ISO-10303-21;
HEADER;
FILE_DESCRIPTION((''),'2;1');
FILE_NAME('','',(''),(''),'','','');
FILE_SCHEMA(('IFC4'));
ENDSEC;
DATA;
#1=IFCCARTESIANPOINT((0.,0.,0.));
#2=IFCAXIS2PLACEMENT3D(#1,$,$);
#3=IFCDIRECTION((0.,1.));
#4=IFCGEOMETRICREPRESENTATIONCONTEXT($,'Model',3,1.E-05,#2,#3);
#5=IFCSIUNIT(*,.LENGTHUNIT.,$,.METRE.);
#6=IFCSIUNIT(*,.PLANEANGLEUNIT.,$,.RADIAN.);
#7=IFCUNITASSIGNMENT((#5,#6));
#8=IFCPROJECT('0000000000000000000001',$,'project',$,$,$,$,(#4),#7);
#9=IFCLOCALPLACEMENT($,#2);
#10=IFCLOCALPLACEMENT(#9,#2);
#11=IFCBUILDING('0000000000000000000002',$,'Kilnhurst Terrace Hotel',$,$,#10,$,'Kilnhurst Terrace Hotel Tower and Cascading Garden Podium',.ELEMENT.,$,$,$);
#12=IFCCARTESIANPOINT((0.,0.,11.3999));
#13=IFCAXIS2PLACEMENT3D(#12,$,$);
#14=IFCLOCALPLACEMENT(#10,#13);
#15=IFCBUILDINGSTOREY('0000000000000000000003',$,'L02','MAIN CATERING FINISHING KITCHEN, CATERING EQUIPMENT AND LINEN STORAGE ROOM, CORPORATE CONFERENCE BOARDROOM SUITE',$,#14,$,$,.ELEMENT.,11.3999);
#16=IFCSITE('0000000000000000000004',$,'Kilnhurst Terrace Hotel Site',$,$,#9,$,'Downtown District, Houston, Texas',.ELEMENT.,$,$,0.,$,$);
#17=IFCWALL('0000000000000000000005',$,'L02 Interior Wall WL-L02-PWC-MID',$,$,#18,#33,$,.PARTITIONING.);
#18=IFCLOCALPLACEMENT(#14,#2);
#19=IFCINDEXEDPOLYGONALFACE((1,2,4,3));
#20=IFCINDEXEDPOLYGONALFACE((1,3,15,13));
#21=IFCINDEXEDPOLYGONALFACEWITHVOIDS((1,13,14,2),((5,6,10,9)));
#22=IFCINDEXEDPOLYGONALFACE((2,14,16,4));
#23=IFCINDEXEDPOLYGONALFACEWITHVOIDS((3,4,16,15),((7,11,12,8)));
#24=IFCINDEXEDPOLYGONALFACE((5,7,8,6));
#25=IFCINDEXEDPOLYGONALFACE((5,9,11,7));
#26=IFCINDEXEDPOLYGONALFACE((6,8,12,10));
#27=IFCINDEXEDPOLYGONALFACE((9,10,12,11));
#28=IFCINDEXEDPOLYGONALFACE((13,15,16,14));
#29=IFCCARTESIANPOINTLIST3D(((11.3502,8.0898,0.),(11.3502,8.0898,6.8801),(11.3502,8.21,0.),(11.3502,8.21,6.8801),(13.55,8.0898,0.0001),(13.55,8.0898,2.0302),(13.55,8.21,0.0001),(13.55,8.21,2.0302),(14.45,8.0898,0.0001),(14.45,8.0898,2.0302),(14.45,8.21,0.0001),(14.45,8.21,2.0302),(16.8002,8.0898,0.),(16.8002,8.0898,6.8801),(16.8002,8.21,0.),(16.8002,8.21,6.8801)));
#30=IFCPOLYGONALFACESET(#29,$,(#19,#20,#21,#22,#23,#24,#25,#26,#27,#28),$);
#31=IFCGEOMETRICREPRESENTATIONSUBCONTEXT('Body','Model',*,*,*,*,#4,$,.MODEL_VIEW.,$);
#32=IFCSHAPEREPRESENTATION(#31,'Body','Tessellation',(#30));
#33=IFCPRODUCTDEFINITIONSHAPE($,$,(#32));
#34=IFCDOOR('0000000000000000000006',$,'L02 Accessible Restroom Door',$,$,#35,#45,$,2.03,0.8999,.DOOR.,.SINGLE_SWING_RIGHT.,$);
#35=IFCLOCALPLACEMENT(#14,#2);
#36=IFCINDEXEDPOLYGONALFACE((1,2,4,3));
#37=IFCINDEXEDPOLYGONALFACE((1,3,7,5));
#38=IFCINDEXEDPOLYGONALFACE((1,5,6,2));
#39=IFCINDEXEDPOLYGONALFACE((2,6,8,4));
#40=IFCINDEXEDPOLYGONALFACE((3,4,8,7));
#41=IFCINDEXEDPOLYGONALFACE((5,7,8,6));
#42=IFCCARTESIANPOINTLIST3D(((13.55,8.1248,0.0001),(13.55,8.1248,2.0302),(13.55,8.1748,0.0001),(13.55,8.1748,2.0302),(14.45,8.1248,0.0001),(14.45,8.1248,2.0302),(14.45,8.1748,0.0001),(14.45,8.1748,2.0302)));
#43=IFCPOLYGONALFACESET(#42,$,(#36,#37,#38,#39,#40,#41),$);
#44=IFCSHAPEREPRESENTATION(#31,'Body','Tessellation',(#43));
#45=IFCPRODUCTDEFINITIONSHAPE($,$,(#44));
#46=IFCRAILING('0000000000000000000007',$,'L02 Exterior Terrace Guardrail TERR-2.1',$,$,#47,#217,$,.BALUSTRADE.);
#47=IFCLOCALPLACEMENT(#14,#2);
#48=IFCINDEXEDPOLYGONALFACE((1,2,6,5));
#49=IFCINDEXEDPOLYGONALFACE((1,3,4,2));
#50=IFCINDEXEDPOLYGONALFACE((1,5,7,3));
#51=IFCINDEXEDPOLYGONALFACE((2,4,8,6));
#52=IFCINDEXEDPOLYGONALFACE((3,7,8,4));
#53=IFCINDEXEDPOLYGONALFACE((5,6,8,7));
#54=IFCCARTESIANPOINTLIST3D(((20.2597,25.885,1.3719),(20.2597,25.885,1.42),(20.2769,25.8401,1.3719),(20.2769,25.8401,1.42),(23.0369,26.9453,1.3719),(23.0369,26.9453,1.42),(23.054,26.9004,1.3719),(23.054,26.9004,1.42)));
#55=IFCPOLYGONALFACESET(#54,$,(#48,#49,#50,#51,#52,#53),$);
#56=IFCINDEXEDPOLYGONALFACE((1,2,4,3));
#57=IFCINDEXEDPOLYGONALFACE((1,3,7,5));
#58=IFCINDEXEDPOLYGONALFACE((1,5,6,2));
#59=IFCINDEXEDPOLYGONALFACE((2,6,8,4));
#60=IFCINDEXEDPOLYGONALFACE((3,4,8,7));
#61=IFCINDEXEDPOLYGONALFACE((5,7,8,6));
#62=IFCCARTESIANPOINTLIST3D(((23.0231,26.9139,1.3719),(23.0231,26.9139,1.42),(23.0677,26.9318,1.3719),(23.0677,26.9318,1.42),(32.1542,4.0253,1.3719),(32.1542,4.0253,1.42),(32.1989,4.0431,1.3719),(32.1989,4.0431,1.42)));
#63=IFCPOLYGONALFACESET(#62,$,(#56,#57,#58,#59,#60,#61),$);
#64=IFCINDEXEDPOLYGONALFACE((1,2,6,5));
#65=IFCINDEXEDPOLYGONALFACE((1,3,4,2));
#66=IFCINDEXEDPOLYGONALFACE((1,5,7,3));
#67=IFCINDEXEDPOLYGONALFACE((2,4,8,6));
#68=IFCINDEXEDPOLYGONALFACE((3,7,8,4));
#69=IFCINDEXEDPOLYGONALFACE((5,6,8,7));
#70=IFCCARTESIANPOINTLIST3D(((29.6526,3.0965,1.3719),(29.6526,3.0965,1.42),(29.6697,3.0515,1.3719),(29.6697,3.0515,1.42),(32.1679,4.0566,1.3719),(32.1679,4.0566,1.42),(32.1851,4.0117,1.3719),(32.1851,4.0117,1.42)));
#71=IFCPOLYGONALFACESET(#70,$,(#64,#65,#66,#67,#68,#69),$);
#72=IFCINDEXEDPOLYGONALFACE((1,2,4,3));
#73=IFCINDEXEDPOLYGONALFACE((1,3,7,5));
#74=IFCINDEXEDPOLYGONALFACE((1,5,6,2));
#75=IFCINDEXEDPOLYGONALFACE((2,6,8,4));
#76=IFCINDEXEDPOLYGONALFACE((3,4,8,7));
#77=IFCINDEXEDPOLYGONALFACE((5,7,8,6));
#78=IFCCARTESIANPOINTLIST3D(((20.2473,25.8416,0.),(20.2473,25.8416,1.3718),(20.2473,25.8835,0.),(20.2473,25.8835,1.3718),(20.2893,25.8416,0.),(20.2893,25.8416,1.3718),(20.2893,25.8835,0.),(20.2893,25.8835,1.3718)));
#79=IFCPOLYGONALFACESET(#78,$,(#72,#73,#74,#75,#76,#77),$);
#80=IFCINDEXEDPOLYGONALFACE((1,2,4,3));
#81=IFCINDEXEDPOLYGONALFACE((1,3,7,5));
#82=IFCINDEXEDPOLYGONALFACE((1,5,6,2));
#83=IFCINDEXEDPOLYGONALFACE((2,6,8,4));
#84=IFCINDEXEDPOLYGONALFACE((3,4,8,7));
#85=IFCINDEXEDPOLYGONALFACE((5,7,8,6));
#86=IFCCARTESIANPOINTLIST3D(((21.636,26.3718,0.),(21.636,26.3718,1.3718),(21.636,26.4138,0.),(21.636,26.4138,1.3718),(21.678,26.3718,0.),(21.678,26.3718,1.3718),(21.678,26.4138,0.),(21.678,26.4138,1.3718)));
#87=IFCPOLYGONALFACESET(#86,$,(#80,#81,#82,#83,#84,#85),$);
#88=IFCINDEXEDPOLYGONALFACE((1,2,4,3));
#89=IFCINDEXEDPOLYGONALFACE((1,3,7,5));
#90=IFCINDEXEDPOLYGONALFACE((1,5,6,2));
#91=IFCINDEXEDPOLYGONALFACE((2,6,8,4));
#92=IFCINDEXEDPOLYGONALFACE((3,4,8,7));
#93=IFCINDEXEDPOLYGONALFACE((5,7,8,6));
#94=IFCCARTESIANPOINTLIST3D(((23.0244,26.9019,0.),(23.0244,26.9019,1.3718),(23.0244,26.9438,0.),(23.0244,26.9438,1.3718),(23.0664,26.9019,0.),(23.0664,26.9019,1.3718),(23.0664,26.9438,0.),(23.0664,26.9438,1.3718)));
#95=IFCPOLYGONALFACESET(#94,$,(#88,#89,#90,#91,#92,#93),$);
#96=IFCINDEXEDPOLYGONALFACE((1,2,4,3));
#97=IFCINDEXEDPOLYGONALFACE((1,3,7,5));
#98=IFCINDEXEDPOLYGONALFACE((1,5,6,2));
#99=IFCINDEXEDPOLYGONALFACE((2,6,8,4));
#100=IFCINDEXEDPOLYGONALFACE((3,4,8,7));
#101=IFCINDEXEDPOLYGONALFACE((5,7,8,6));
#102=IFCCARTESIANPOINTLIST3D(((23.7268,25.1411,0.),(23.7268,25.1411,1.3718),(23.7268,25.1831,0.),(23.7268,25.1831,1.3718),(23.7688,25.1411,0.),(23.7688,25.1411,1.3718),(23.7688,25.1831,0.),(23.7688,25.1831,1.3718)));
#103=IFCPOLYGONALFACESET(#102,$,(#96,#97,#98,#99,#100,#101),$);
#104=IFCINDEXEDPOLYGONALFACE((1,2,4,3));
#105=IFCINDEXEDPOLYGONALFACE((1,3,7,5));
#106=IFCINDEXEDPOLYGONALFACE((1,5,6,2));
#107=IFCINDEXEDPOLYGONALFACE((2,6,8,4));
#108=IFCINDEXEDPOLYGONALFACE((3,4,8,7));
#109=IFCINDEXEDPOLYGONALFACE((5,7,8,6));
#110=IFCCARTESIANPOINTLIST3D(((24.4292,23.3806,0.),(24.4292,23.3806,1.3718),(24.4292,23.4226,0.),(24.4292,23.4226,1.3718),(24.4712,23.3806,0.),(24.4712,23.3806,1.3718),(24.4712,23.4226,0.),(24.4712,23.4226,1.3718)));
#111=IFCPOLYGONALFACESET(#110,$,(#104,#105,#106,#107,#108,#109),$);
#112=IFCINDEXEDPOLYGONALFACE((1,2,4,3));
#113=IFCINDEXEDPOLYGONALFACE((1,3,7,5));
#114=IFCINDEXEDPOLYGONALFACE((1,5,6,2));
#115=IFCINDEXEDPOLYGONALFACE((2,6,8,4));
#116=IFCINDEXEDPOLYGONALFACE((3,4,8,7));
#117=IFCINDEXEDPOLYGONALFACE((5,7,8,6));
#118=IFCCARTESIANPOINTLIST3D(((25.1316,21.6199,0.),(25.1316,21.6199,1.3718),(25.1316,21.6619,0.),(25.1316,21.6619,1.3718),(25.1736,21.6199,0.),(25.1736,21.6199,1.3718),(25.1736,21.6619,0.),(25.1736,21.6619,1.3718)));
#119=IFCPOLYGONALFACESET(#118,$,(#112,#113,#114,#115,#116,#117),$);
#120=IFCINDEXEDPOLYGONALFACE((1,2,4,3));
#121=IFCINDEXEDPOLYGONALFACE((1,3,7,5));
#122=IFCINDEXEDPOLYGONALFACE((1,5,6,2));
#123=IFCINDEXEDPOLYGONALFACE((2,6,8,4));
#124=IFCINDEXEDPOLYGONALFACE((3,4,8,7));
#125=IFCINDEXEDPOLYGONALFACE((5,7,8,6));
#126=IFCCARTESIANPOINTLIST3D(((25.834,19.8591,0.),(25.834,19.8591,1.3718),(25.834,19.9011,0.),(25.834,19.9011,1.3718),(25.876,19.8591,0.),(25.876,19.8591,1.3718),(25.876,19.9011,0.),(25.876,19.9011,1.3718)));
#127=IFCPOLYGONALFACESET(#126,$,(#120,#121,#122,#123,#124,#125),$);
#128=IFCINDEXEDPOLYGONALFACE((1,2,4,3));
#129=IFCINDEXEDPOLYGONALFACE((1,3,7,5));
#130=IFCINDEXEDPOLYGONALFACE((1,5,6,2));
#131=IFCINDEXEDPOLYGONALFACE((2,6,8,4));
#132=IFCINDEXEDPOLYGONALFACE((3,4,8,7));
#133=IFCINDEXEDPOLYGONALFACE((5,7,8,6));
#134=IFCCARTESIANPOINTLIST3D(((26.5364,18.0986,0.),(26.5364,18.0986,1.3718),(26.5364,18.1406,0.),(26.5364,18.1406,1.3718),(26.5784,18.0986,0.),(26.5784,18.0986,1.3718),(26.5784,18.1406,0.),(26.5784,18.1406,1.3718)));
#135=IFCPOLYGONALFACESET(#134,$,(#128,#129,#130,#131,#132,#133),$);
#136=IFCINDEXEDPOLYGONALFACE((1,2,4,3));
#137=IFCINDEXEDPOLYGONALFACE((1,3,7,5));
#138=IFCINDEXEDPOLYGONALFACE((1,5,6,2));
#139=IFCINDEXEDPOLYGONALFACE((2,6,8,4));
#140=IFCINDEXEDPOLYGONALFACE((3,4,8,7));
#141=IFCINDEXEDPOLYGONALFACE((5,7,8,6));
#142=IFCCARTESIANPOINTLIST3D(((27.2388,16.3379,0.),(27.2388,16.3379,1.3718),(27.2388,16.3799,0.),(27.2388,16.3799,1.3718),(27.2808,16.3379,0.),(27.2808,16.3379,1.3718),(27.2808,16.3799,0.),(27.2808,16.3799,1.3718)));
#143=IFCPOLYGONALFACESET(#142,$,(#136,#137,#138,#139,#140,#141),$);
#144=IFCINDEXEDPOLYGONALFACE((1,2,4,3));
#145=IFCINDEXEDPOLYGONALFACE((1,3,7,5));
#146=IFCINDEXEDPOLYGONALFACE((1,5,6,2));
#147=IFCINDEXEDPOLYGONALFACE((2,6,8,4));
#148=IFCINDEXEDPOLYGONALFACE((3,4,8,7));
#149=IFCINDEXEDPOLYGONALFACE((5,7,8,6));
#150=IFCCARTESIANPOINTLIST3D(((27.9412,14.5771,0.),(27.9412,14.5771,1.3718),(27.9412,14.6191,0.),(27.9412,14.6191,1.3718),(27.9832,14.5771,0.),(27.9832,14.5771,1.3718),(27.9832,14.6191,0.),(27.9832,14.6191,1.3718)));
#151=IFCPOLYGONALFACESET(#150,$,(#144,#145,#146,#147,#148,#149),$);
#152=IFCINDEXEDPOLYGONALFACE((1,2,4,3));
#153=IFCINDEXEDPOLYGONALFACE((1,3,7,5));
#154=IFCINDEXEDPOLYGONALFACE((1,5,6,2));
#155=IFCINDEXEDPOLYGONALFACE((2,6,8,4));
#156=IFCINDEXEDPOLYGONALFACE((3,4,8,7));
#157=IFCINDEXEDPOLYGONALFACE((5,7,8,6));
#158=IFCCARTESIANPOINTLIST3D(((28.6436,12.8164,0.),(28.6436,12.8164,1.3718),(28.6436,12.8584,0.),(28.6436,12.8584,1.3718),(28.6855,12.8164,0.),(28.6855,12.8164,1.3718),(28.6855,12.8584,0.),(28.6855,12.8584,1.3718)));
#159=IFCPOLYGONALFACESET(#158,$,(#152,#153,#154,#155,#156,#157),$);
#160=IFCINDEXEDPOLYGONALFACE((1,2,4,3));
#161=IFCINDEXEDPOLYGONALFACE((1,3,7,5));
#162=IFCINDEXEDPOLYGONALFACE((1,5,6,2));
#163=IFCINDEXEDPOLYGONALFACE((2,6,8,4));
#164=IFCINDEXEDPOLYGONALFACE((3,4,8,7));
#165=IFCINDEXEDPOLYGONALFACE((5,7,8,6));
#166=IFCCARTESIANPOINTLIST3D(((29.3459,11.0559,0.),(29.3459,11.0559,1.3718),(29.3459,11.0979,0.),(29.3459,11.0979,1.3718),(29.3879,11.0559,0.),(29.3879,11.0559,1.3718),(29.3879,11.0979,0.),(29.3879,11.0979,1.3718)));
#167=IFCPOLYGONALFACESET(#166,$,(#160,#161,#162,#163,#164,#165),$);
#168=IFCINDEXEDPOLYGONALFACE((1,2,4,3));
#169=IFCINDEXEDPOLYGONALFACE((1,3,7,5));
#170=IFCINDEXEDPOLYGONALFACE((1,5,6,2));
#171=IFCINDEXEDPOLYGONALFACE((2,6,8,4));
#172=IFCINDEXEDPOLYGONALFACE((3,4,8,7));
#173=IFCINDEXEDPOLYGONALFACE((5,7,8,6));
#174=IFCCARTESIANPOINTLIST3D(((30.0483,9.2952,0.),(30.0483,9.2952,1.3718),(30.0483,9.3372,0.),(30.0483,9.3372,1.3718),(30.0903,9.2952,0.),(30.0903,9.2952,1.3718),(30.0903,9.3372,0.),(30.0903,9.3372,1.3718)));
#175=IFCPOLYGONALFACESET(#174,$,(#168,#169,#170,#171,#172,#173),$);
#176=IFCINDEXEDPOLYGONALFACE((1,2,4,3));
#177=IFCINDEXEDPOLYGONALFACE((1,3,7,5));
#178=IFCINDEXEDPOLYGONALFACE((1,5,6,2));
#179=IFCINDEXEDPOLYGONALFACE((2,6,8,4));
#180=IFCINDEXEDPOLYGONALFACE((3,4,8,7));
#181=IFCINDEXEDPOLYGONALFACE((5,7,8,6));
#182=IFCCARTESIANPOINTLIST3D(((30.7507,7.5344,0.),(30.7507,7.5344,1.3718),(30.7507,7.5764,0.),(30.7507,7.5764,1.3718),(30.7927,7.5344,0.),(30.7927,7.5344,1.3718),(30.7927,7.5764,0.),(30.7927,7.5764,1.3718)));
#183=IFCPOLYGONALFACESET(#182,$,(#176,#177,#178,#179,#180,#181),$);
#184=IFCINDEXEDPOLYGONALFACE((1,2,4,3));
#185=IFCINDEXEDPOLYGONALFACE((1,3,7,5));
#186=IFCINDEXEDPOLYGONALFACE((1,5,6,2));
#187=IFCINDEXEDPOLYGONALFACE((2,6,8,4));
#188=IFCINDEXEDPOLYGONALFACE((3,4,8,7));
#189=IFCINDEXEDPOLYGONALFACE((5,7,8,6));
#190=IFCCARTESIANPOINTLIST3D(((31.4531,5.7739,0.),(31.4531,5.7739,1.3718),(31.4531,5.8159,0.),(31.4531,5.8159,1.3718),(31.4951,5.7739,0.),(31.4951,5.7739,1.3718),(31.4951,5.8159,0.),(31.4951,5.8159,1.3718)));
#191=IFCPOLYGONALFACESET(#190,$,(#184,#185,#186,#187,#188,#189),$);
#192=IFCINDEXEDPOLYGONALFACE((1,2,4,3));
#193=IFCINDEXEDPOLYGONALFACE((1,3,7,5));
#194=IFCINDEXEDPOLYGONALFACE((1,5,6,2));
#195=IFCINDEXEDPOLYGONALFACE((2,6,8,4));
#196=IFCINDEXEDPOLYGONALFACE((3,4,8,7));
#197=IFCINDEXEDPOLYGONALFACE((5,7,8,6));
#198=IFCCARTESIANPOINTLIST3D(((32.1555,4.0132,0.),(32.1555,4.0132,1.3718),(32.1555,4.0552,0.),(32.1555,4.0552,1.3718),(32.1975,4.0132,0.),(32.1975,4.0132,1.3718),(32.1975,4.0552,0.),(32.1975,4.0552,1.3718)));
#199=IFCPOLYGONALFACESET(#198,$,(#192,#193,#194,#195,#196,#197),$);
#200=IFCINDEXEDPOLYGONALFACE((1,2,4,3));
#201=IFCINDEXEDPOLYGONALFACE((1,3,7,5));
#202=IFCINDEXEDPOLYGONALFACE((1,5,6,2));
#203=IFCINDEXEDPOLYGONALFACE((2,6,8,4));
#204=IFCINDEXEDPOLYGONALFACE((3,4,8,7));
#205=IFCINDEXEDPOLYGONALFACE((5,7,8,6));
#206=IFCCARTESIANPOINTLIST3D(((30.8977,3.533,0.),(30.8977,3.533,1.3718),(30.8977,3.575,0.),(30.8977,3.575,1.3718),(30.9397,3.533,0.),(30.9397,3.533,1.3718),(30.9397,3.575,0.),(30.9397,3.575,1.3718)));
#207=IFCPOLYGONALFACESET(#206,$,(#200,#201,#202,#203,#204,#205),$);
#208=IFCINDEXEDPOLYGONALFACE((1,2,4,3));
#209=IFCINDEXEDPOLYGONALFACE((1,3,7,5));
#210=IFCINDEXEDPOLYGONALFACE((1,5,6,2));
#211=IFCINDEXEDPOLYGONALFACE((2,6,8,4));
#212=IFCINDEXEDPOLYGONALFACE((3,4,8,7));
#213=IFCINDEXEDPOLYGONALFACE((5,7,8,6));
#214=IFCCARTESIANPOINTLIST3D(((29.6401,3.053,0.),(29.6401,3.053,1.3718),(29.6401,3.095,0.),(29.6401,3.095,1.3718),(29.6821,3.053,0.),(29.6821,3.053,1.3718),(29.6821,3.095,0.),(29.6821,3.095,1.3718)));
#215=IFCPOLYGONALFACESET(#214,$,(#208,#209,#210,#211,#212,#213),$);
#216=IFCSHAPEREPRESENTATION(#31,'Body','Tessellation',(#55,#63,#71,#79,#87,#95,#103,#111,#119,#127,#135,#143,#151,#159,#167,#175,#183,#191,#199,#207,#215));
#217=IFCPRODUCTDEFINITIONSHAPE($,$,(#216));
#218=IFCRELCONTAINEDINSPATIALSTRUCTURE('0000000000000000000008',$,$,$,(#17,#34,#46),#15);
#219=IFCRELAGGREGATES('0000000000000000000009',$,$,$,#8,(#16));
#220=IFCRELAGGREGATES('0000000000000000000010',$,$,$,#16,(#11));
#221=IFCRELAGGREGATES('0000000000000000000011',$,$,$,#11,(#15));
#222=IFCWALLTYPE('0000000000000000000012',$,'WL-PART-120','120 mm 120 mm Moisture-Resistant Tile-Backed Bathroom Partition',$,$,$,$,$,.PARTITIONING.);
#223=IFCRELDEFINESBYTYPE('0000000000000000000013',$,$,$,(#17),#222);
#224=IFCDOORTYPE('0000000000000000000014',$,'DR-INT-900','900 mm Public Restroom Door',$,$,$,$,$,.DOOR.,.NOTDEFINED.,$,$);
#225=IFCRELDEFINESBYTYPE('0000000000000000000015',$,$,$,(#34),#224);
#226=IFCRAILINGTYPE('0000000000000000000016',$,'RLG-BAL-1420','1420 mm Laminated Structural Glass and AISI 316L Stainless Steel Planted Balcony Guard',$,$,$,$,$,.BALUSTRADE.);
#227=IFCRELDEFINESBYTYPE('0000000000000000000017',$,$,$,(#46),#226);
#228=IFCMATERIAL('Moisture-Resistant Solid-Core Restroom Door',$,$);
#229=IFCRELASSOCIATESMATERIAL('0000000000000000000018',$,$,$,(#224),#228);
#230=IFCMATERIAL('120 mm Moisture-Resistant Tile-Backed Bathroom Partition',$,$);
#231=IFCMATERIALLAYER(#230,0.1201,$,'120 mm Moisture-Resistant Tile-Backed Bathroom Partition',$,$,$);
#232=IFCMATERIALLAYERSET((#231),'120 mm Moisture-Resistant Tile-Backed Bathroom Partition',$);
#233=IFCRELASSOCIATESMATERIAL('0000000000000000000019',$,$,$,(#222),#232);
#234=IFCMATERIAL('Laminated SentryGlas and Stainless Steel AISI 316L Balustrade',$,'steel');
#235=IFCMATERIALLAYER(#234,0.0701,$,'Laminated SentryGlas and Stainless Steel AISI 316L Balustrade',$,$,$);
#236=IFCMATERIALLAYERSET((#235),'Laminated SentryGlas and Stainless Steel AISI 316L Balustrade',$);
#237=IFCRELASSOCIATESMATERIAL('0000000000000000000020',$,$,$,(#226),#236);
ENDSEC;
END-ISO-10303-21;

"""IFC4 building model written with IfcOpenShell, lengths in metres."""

from ifc_helpers import new_model, si_unit, direction, frame, frame_2d, origin, origin_2d, place, context, subcontext, project, spatial, rectangle, extrude, material, layer, layer_set, type_object, element, fill, save


model = new_model("IFC4")

# Units and contexts
model_context = context("Model", 3, precision=1e-05, world=origin(), true_north=direction((0.0, 1.0)))
body_context = subcontext(model_context, "Body", "Model", "MODEL_VIEW")
ifc_project = project(units=[si_unit("LENGTHUNIT", "METRE"), si_unit("PLANEANGLEUNIT", "RADIAN")], contexts=[model_context])

# Site, building, storey
site_placement = place(None, origin())
site = spatial("IfcSite", under=ifc_project, at=site_placement, Name="Kilnhurst Terrace Hotel Site", LongName="Downtown District, Houston, Texas", CompositionType="ELEMENT", RefElevation=0.0)
building_placement = place(site_placement, origin())
building = spatial("IfcBuilding", under=site, at=building_placement, Name="Kilnhurst Terrace Hotel", LongName="Kilnhurst Terrace Hotel Tower and Cascading Garden Podium", CompositionType="ELEMENT")
storey_placement = place(building_placement, frame((0.0, 0.0, 11.3999)))
storey = spatial("IfcBuildingStorey", under=building, at=storey_placement, Name="L02", Description="MAIN CATERING FINISHING KITCHEN, CATERING EQUIPMENT AND LINEN STORAGE ROOM, CORPORATE CONFERENCE BOARDROOM SUITE", CompositionType="ELEMENT", Elevation=11.3999)

# Shared definitions
ifc_material_1 = material(Name="Moisture-Resistant Solid-Core Restroom Door")
door_type_1 = type_object("IfcDoorType", Name="DR-INT-900", Description="900 mm Public Restroom Door", OperationType="NOTDEFINED", PredefinedType="DOOR", material=ifc_material_1)

# Shared definitions
ifc_material_2 = material(Name="120 mm Moisture-Resistant Tile-Backed Bathroom Partition")
ifc_layer_1 = layer(ifc_material_2, 0.1201, Name="120 mm Moisture-Resistant Tile-Backed Bathroom Partition")
ifc_layer_set_1 = layer_set([ifc_layer_1], Name="120 mm Moisture-Resistant Tile-Backed Bathroom Partition")
wall_type_1 = type_object("IfcWallType", Name="WL-PART-120", Description="120 mm 120 mm Moisture-Resistant Tile-Backed Bathroom Partition", PredefinedType="PARTITIONING", material=ifc_layer_set_1)

# Wall, opening, door
wall_1_placement = place(storey_placement, frame((11.3501, 8.1499, 0.0), z_axis=(0.0, 0.0, 1.0), x_axis=(1.0, 0.0, 0.0)))
wall_1 = element("IfcWall", 1, at=wall_1_placement, inside=storey, type_object=wall_type_1, Name="L02 Interior Wall WL-L02-PWC-MID", PredefinedType="PARTITIONING", context=body_context, shape_type="SweptSolid", body=[
    extrude(rectangle(XDim=5.45, YDim=0.1201, at=frame_2d((2.7251, 0.0))), origin(), (0.0, 0.0, 1.0), 6.8801),
])
opening_1_placement = place(wall_1_placement, frame((2.2, 0.0, 0.0)))
opening_1 = element("IfcOpeningElement", 2, at=opening_1_placement, cuts=wall_1, PredefinedType="OPENING", context=body_context, shape_type="SweptSolid", body=[
    extrude(rectangle(XDim=0.8999, YDim=2.03, at=frame_2d((0.45, 1.0151))), frame((0.0, 0.0701, 0.0), z_axis=(0.0, -1.0, 0.0), x_axis=(1.0, 0.0, 0.0)), (0.0, 0.0, 1.0), 0.1401),
])
door_1_placement = place(opening_1_placement, origin())
door_1 = element("IfcDoor", 3, at=door_1_placement, inside=storey, type_object=door_type_1, Name="L02 Accessible Restroom Door", OperationType="SINGLE_SWING_RIGHT", OverallHeight=2.03, OverallWidth=0.8999, PredefinedType="DOOR", context=body_context, shape_type="SweptSolid", body=[
    extrude(rectangle(XDim=0.8999, YDim=2.03, at=frame_2d((0.45, 1.0151))), frame((0.0, 0.0249, 0.0), z_axis=(0.0, -1.0, 0.0), x_axis=(1.0, 0.0, 0.0)), (0.0, 0.0, 1.0), 0.05),
])
fill(opening_1, door_1)

# Railing
ifc_material_3 = material(Name="Laminated SentryGlas and Stainless Steel AISI 316L Balustrade", Category="steel")
ifc_layer_2 = layer(ifc_material_3, 0.0701, Name="Laminated SentryGlas and Stainless Steel AISI 316L Balustrade")
ifc_layer_set_2 = layer_set([ifc_layer_2], Name="Laminated SentryGlas and Stainless Steel AISI 316L Balustrade")
railing_type = type_object("IfcRailingType", Name="RLG-BAL-1420", Description="1420 mm Laminated Structural Glass and AISI 316L Stainless Steel Planted Balcony Guard", PredefinedType="BALUSTRADE", material=ifc_layer_set_2)
railing_placement = place(storey_placement, frame((20.2683, 25.8625, 0.0)))
element("IfcRailing", 4, at=railing_placement, inside=storey, type_object=railing_type, Name="L02 Exterior Terrace Guardrail TERR-2.1", PredefinedType="BALUSTRADE", context=body_context, shape_type="SweptSolid", body=[
    extrude(rectangle(XDim=0.0481, YDim=0.0481, at=origin_2d()), frame((0.0, 0.0, 1.396), z_axis=(0.934223, 0.356689, 0.0), x_axis=(-0.356689, 0.934223, 0.0)), (0.0, 0.0, 1.0), 2.9727),
    extrude(rectangle(XDim=0.0481, YDim=0.0481, at=origin_2d()), frame((2.7771, 1.0603, 1.396), z_axis=(0.370538, -0.928817, 0.0), x_axis=(0.928817, 0.370538, 0.0)), (0.0, 0.0, 1.0), 24.6428),
    extrude(rectangle(XDim=0.0481, YDim=0.0481, at=origin_2d()), frame((11.9082, -21.8284, 1.396), z_axis=(-0.934245, -0.356632, 0.0), x_axis=(0.356632, -0.934245, 0.0)), (0.0, 0.0, 1.0), 2.6924),
    extrude(rectangle(XDim=0.042, YDim=0.042, at=origin_2d()), origin(), (0.0, 0.0, 1.0), 1.3718),
    extrude(rectangle(XDim=0.042, YDim=0.042, at=origin_2d()), frame((1.3887, 0.5303, 0.0)), (0.0, 0.0, 1.0), 1.3718),
    extrude(rectangle(XDim=0.042, YDim=0.042, at=origin_2d()), frame((2.7771, 1.0603, 0.0)), (0.0, 0.0, 1.0), 1.3718),
    extrude(rectangle(XDim=0.042, YDim=0.042, at=origin_2d()), frame((3.4795, -0.7004, 0.0)), (0.0, 0.0, 1.0), 1.3718),
    extrude(rectangle(XDim=0.042, YDim=0.042, at=origin_2d()), frame((4.1819, -2.4609, 0.0)), (0.0, 0.0, 1.0), 1.3718),
    extrude(rectangle(XDim=0.042, YDim=0.042, at=origin_2d()), frame((4.8843, -4.2217, 0.0)), (0.0, 0.0, 1.0), 1.3718),
    extrude(rectangle(XDim=0.042, YDim=0.042, at=origin_2d()), frame((5.5867, -5.9824, 0.0)), (0.0, 0.0, 1.0), 1.3718),
    extrude(rectangle(XDim=0.042, YDim=0.042, at=origin_2d()), frame((6.2891, -7.7429, 0.0)), (0.0, 0.0, 1.0), 1.3718),
    extrude(rectangle(XDim=0.042, YDim=0.042, at=origin_2d()), frame((6.9915, -9.5037, 0.0)), (0.0, 0.0, 1.0), 1.3718),
    extrude(rectangle(XDim=0.042, YDim=0.042, at=origin_2d()), frame((7.6938, -11.2644, 0.0)), (0.0, 0.0, 1.0), 1.3718),
    extrude(rectangle(XDim=0.042, YDim=0.042, at=origin_2d()), frame((8.3962, -13.0251, 0.0)), (0.0, 0.0, 1.0), 1.3718),
    extrude(rectangle(XDim=0.042, YDim=0.042, at=origin_2d()), frame((9.0986, -14.7856, 0.0)), (0.0, 0.0, 1.0), 1.3718),
    extrude(rectangle(XDim=0.042, YDim=0.042, at=origin_2d()), frame((9.801, -16.5464, 0.0)), (0.0, 0.0, 1.0), 1.3718),
    extrude(rectangle(XDim=0.042, YDim=0.042, at=origin_2d()), frame((10.5034, -18.3071, 0.0)), (0.0, 0.0, 1.0), 1.3718),
    extrude(rectangle(XDim=0.042, YDim=0.042, at=origin_2d()), frame((11.2058, -20.0676, 0.0)), (0.0, 0.0, 1.0), 1.3718),
    extrude(rectangle(XDim=0.042, YDim=0.042, at=origin_2d()), frame((11.9082, -21.8284, 0.0)), (0.0, 0.0, 1.0), 1.3718),
    extrude(rectangle(XDim=0.042, YDim=0.042, at=origin_2d()), frame((10.6504, -22.3086, 0.0)), (0.0, 0.0, 1.0), 1.3718),
    extrude(rectangle(XDim=0.042, YDim=0.042, at=origin_2d()), frame((9.3928, -22.7886, 0.0)), (0.0, 0.0, 1.0), 1.3718),
])

save(model, "model.ifc")
